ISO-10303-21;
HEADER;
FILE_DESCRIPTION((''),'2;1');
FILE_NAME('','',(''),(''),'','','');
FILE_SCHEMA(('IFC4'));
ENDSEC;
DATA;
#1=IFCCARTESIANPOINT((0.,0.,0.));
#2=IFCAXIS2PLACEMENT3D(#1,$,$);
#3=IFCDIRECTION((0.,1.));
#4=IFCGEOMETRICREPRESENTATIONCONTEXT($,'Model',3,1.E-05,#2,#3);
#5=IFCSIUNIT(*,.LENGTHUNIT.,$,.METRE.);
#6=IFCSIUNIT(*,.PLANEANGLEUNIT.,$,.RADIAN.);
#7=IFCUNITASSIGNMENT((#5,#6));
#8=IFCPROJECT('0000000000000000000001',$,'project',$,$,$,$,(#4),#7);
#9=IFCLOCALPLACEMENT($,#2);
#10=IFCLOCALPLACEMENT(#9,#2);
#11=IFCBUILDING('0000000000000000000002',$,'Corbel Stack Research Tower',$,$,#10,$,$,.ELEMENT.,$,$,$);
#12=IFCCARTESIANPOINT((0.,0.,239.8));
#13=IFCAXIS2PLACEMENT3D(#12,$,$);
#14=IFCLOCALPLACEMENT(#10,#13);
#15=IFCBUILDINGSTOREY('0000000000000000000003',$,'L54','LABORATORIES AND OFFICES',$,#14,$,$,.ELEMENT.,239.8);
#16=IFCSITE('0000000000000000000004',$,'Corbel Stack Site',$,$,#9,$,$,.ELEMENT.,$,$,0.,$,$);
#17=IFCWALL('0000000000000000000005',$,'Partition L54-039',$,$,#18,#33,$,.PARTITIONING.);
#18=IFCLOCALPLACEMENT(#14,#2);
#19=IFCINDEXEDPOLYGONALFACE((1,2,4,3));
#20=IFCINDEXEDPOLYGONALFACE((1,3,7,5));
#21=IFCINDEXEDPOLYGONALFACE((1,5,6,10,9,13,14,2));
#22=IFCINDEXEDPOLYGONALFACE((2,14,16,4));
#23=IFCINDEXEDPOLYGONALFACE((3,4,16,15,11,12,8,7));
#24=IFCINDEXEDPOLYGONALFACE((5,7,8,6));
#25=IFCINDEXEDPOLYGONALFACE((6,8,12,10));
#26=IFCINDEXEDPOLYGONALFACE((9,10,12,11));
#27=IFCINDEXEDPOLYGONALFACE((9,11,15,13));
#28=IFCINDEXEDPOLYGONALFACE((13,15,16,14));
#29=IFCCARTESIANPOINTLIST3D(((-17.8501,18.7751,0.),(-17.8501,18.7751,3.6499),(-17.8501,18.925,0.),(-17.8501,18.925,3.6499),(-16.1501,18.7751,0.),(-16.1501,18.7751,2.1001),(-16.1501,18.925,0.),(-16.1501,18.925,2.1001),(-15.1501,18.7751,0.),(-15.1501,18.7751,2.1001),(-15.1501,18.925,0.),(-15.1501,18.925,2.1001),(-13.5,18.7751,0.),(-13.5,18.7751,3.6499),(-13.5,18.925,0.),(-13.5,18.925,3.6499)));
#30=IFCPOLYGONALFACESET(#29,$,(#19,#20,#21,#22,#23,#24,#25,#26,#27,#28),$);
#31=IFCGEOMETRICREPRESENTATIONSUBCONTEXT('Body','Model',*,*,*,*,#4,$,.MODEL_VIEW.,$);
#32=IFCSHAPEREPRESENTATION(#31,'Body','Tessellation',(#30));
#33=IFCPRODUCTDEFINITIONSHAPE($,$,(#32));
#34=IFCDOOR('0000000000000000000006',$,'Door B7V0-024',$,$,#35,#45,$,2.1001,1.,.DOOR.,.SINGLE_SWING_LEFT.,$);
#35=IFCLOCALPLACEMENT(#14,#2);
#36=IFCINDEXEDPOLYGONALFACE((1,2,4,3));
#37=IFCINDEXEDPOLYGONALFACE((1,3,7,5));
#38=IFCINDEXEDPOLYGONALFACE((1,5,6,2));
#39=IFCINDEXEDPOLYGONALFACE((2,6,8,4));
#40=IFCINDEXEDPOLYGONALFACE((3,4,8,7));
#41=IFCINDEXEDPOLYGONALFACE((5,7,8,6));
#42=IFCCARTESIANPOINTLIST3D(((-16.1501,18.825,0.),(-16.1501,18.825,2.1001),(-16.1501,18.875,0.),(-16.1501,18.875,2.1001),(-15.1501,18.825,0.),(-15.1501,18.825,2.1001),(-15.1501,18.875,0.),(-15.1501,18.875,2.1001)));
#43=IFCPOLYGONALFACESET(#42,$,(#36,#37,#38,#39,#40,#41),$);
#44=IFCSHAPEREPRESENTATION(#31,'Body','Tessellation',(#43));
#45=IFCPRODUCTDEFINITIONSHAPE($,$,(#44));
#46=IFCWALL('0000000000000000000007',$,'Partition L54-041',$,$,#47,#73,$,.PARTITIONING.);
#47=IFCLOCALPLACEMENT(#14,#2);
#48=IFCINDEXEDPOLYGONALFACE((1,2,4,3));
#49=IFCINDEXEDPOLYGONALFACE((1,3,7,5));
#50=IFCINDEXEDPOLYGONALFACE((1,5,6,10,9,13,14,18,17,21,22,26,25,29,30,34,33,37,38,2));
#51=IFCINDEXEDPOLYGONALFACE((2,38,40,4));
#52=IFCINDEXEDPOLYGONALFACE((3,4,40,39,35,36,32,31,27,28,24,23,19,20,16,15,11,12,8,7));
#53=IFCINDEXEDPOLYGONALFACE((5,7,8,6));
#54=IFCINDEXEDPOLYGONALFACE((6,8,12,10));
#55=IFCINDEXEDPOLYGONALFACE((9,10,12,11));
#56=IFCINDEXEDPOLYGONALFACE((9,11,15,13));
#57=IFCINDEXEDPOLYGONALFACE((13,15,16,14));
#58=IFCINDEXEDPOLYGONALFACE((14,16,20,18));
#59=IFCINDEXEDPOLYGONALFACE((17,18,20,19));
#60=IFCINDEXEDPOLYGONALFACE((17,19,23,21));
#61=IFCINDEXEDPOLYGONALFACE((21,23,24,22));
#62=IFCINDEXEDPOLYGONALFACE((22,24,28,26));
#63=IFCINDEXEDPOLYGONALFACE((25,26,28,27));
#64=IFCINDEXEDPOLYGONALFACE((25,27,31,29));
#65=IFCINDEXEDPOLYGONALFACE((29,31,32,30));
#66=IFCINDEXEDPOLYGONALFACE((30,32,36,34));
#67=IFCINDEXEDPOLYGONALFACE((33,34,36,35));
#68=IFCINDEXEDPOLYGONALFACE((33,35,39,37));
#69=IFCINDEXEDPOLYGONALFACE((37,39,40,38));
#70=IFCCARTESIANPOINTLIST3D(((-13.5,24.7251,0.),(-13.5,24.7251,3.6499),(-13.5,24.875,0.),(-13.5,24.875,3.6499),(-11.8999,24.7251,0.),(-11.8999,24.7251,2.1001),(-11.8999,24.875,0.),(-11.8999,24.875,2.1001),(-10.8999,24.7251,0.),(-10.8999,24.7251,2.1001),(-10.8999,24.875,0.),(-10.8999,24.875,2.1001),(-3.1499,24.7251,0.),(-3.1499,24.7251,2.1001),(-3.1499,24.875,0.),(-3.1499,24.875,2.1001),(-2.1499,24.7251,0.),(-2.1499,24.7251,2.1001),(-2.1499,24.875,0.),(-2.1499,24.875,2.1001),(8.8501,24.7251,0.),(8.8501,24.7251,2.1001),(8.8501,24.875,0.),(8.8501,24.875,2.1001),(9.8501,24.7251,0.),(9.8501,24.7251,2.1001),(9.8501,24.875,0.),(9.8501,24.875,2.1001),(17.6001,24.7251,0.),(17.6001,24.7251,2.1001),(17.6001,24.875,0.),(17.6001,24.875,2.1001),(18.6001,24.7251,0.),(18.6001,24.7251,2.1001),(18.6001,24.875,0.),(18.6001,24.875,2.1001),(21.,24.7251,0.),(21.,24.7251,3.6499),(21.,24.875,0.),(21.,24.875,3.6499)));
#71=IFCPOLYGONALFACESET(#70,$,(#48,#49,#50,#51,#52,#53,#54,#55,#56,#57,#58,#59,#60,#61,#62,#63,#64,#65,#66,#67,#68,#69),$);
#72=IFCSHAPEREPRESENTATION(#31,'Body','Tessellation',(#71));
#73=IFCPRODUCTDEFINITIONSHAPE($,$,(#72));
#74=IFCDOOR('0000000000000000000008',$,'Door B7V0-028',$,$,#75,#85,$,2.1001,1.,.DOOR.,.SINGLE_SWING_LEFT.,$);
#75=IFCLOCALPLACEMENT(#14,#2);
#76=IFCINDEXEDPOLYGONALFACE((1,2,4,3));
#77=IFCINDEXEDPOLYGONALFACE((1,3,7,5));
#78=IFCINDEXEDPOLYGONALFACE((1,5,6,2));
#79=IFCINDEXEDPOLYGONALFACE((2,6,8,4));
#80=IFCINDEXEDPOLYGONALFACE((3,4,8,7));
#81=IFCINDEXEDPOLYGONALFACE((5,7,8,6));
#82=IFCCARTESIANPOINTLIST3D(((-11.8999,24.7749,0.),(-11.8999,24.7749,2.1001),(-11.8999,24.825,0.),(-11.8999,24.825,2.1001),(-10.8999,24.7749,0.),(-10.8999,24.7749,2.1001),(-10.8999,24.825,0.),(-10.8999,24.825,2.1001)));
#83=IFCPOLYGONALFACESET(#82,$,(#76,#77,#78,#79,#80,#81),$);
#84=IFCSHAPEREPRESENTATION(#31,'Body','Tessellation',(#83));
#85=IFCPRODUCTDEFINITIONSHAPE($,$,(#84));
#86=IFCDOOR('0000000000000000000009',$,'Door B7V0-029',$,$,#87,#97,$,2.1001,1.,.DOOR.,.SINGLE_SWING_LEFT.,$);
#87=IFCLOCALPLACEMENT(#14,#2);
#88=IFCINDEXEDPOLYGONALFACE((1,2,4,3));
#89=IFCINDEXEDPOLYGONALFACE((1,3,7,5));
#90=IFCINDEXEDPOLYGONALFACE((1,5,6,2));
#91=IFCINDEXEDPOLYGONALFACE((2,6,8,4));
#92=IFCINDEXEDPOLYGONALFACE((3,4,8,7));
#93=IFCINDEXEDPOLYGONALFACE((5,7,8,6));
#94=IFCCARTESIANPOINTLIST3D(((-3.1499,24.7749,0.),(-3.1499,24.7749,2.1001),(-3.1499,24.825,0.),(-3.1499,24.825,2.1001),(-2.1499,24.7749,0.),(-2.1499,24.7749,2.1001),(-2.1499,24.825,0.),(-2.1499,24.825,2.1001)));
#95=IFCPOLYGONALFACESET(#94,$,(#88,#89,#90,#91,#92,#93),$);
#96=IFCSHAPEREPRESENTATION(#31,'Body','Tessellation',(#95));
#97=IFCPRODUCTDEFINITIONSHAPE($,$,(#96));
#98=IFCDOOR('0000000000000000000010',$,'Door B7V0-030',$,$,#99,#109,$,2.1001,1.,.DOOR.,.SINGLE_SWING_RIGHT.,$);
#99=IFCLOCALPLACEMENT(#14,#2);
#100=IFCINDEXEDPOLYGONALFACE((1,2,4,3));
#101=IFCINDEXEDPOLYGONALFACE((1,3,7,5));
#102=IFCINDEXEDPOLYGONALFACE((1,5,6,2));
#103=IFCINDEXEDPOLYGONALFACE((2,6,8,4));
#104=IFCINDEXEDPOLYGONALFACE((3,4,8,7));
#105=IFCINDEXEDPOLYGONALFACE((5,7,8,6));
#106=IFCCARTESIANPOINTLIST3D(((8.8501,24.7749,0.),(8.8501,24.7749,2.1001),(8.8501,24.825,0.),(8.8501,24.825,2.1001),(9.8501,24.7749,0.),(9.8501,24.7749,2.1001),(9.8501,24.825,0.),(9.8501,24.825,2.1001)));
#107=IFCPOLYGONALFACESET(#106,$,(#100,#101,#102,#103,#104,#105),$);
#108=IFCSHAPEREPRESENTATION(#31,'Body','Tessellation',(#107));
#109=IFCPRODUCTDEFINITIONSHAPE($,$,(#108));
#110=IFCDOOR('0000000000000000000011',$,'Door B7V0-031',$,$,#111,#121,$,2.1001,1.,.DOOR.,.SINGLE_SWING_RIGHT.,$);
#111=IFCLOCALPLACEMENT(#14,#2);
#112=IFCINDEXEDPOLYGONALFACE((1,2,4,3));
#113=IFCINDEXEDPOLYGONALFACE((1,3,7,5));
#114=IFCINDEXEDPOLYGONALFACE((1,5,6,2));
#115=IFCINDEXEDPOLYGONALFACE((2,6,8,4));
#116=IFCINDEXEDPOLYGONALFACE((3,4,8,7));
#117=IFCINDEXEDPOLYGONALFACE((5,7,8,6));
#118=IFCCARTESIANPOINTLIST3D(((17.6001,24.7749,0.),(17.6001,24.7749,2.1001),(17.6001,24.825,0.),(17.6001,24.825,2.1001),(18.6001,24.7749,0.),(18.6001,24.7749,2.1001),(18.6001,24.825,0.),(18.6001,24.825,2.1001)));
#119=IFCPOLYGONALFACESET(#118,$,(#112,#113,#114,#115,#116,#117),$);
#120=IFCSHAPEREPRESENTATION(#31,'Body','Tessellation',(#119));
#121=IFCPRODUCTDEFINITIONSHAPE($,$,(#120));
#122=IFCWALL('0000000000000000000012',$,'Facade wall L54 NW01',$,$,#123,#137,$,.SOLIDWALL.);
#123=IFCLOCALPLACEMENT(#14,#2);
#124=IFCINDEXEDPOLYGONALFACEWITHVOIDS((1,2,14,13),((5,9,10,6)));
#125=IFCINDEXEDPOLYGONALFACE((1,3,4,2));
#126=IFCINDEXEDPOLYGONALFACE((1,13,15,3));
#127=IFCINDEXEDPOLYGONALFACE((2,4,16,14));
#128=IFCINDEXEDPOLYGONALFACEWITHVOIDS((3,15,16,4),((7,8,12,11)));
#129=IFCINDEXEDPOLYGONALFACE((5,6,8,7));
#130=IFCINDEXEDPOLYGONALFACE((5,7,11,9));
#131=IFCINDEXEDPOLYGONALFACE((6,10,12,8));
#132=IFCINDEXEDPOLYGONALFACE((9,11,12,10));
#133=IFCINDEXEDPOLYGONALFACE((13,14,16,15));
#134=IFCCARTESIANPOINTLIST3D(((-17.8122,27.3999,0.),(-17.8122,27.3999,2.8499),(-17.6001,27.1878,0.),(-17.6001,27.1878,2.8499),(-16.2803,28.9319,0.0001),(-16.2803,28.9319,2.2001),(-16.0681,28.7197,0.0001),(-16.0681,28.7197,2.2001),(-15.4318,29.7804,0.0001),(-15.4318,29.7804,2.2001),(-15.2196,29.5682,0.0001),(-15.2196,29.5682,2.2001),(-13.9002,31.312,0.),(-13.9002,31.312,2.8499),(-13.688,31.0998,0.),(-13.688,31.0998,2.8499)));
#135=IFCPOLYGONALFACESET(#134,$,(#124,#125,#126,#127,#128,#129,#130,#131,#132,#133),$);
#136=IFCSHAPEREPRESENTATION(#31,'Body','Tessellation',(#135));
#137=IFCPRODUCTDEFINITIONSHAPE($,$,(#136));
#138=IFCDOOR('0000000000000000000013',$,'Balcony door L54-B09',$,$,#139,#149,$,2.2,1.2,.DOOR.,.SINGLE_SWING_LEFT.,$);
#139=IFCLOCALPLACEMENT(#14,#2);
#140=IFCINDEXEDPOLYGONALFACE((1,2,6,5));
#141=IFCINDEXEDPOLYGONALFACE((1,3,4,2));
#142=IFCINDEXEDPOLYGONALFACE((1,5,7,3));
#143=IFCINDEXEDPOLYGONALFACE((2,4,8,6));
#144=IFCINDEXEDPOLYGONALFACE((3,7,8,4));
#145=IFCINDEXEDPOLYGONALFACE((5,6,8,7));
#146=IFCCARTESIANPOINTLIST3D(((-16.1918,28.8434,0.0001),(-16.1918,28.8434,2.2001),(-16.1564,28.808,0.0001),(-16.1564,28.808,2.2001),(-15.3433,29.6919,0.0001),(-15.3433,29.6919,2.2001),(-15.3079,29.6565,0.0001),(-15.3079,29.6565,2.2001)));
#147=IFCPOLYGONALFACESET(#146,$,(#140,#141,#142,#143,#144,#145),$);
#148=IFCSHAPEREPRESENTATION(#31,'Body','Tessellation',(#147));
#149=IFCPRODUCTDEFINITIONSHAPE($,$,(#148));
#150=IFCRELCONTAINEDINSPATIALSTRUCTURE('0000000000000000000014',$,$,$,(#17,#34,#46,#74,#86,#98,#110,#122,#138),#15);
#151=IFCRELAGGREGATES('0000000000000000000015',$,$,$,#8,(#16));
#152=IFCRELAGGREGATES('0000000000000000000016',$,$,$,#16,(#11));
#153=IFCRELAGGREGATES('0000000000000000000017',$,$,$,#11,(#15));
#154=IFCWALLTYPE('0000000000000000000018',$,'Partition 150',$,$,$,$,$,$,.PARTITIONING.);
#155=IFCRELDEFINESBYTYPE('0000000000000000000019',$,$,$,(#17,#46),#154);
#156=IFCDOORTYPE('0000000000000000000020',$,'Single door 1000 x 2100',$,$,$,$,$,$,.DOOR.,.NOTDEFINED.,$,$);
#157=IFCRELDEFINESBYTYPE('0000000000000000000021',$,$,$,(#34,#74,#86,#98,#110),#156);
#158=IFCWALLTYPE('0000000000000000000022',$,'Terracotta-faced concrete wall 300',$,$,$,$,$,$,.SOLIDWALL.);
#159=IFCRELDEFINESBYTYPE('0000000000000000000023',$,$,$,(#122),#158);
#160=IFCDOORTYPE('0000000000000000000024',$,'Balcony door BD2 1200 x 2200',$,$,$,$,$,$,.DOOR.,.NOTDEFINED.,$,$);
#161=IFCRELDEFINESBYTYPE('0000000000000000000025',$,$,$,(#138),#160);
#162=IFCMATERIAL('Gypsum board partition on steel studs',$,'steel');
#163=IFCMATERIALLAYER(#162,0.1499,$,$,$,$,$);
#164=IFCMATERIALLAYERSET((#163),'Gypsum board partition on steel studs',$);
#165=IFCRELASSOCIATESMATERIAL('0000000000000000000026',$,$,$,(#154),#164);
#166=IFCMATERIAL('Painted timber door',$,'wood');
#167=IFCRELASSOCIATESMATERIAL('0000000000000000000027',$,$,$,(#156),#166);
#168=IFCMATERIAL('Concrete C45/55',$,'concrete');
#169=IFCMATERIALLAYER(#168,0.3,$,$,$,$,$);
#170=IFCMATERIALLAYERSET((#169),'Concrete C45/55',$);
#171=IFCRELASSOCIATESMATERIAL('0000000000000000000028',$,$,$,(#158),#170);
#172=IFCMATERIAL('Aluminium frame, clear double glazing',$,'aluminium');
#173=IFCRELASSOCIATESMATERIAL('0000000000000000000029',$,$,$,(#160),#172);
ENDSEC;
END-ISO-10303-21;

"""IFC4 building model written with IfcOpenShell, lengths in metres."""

from ifc_helpers import new_model, si_unit, direction, frame, frame_2d, origin, place, context, subcontext, project, spatial, rectangle, extrude, material, layer, layer_set, type_object, element, fill, save


model = new_model("IFC4")

# Units and contexts
model_context = context("Model", 3, precision=1e-05, world=origin(), true_north=direction((0.0, 1.0)))
body_context = subcontext(model_context, "Body", "Model", "MODEL_VIEW")
ifc_project = project(units=[si_unit("LENGTHUNIT", "METRE"), si_unit("PLANEANGLEUNIT", "RADIAN")], contexts=[model_context])

# Site, building, storey
site_placement = place(None, origin())
site = spatial("IfcSite", under=ifc_project, at=site_placement, Name="Corbel Stack Site", CompositionType="ELEMENT", RefElevation=0.0)
building_placement = place(site_placement, origin())
building = spatial("IfcBuilding", under=site, at=building_placement, Name="Corbel Stack Research Tower", CompositionType="ELEMENT")
storey_placement = place(building_placement, frame((0.0, 0.0, 239.8)))
storey = spatial("IfcBuildingStorey", under=building, at=storey_placement, Name="L54", Description="LABORATORIES AND OFFICES", CompositionType="ELEMENT", Elevation=239.8)

# Wall, opening, door
ifc_material_1 = material(Name="Gypsum board partition on steel studs", Category="steel")
ifc_layer_1 = layer(ifc_material_1, 0.1499)
ifc_layer_set_1 = layer_set([ifc_layer_1], Name="Gypsum board partition on steel studs")
wall_type_1 = type_object("IfcWallType", Name="Partition 150", PredefinedType="PARTITIONING", material=ifc_layer_set_1)
wall_1_placement = place(storey_placement, frame((-17.8501, 18.8501, 0.0), z_axis=(0.0, 0.0, 1.0), x_axis=(1.0, 0.0, 0.0)))
wall_1 = element("IfcWall", 1, at=wall_1_placement, inside=storey, type_object=wall_type_1, Name="Partition L54-039", PredefinedType="PARTITIONING", context=body_context, shape_type="SweptSolid", body=[
    extrude(rectangle(XDim=4.3501, YDim=0.1499, at=frame_2d((2.175, 0.0))), origin(), (0.0, 0.0, 1.0), 3.6499),
])
opening_1_placement = place(wall_1_placement, frame((1.7, 0.0, 0.0)))
opening_1 = element("IfcOpeningElement", 2, at=opening_1_placement, cuts=wall_1, PredefinedType="OPENING", context=body_context, shape_type="SweptSolid", body=[
    extrude(rectangle(XDim=1.0, YDim=2.1001, at=frame_2d((0.5, 1.05))), frame((0.0, 0.085, 0.0), z_axis=(0.0, -1.0, 0.0), x_axis=(1.0, 0.0, 0.0)), (0.0, 0.0, 1.0), 0.1699),
])
ifc_material_2 = material(Name="Painted timber door", Category="wood")
door_type_1 = type_object("IfcDoorType", Name="Single door 1000 x 2100", OperationType="NOTDEFINED", PredefinedType="DOOR", material=ifc_material_2)
door_1_placement = place(opening_1_placement, origin())
door_1 = element("IfcDoor", 3, at=door_1_placement, inside=storey, type_object=door_type_1, Name="Door B7V0-024", OperationType="SINGLE_SWING_LEFT", OverallHeight=2.1001, OverallWidth=1.0, PredefinedType="DOOR", context=body_context, shape_type="SweptSolid", body=[
    extrude(rectangle(XDim=1.0, YDim=2.1001, at=frame_2d((0.5, 1.05))), frame((0.0, 0.0249, 0.0), z_axis=(0.0, -1.0, 0.0), x_axis=(1.0, 0.0, 0.0)), (0.0, 0.0, 1.0), 0.05),
])
fill(opening_1, door_1)

# Wall, openings, doors
wall_2_placement = place(storey_placement, frame((-13.5, 24.8, 0.0), z_axis=(0.0, 0.0, 1.0), x_axis=(1.0, 0.0, 0.0)))
wall_2 = element("IfcWall", 4, at=wall_2_placement, inside=storey, type_object=wall_type_1, Name="Partition L54-041", PredefinedType="PARTITIONING", context=body_context, shape_type="SweptSolid", body=[
    extrude(rectangle(XDim=34.5, YDim=0.1499, at=frame_2d((17.25, 0.0))), origin(), (0.0, 0.0, 1.0), 3.6499),
])
opening_2_placement = place(wall_2_placement, frame((1.6001, 0.0, 0.0)))
opening_2 = element("IfcOpeningElement", 5, at=opening_2_placement, cuts=wall_2, PredefinedType="OPENING", context=body_context, shape_type="SweptSolid", body=[
    extrude(rectangle(XDim=1.0, YDim=2.1001, at=frame_2d((0.5, 1.05))), frame((0.0, 0.085, 0.0), z_axis=(0.0, -1.0, 0.0), x_axis=(1.0, 0.0, 0.0)), (0.0, 0.0, 1.0), 0.1699),
])
opening_3_placement = place(wall_2_placement, frame((10.3501, 0.0, 0.0)))
opening_3 = element("IfcOpeningElement", 6, at=opening_3_placement, cuts=wall_2, PredefinedType="OPENING", context=body_context, shape_type="SweptSolid", body=[
    extrude(rectangle(XDim=1.0, YDim=2.1001, at=frame_2d((0.5, 1.05))), frame((0.0, 0.085, 0.0), z_axis=(0.0, -1.0, 0.0), x_axis=(1.0, 0.0, 0.0)), (0.0, 0.0, 1.0), 0.1699),
])
opening_4_placement = place(wall_2_placement, frame((22.3501, 0.0, 0.0)))
opening_4 = element("IfcOpeningElement", 7, at=opening_4_placement, cuts=wall_2, PredefinedType="OPENING", context=body_context, shape_type="SweptSolid", body=[
    extrude(rectangle(XDim=1.0, YDim=2.1001, at=frame_2d((0.5, 1.05))), frame((0.0, 0.085, 0.0), z_axis=(0.0, -1.0, 0.0), x_axis=(1.0, 0.0, 0.0)), (0.0, 0.0, 1.0), 0.1699),
])
opening_5_placement = place(wall_2_placement, frame((31.1001, 0.0, 0.0)))
opening_5 = element("IfcOpeningElement", 8, at=opening_5_placement, cuts=wall_2, PredefinedType="OPENING", context=body_context, shape_type="SweptSolid", body=[
    extrude(rectangle(XDim=1.0, YDim=2.1001, at=frame_2d((0.5, 1.05))), frame((0.0, 0.085, 0.0), z_axis=(0.0, -1.0, 0.0), x_axis=(1.0, 0.0, 0.0)), (0.0, 0.0, 1.0), 0.1699),
])
door_2_placement = place(opening_2_placement, origin())
door_2 = element("IfcDoor", 9, at=door_2_placement, inside=storey, type_object=door_type_1, Name="Door B7V0-028", OperationType="SINGLE_SWING_LEFT", OverallHeight=2.1001, OverallWidth=1.0, PredefinedType="DOOR", context=body_context, shape_type="SweptSolid", body=[
    extrude(rectangle(XDim=1.0, YDim=2.1001, at=frame_2d((0.5, 1.05))), frame((0.0, 0.0249, 0.0), z_axis=(0.0, -1.0, 0.0), x_axis=(1.0, 0.0, 0.0)), (0.0, 0.0, 1.0), 0.05),
])
fill(opening_2, door_2)
door_3_placement = place(opening_3_placement, origin())
door_3 = element("IfcDoor", 10, at=door_3_placement, inside=storey, type_object=door_type_1, Name="Door B7V0-029", OperationType="SINGLE_SWING_LEFT", OverallHeight=2.1001, OverallWidth=1.0, PredefinedType="DOOR", context=body_context, shape_type="SweptSolid", body=[
    extrude(rectangle(XDim=1.0, YDim=2.1001, at=frame_2d((0.5, 1.05))), frame((0.0, 0.0249, 0.0), z_axis=(0.0, -1.0, 0.0), x_axis=(1.0, 0.0, 0.0)), (0.0, 0.0, 1.0), 0.05),
])
fill(opening_3, door_3)
door_4_placement = place(opening_4_placement, origin())
door_4 = element("IfcDoor", 11, at=door_4_placement, inside=storey, type_object=door_type_1, Name="Door B7V0-030", OperationType="SINGLE_SWING_RIGHT", OverallHeight=2.1001, OverallWidth=1.0, PredefinedType="DOOR", context=body_context, shape_type="SweptSolid", body=[
    extrude(rectangle(XDim=1.0, YDim=2.1001, at=frame_2d((0.5, 1.05))), frame((0.0, 0.0249, 0.0), z_axis=(0.0, -1.0, 0.0), x_axis=(1.0, 0.0, 0.0)), (0.0, 0.0, 1.0), 0.05),
])
fill(opening_4, door_4)
door_5_placement = place(opening_5_placement, origin())
door_5 = element("IfcDoor", 12, at=door_5_placement, inside=storey, type_object=door_type_1, Name="Door B7V0-031", OperationType="SINGLE_SWING_RIGHT", OverallHeight=2.1001, OverallWidth=1.0, PredefinedType="DOOR", context=body_context, shape_type="SweptSolid", body=[
    extrude(rectangle(XDim=1.0, YDim=2.1001, at=frame_2d((0.5, 1.05))), frame((0.0, 0.0249, 0.0), z_axis=(0.0, -1.0, 0.0), x_axis=(1.0, 0.0, 0.0)), (0.0, 0.0, 1.0), 0.05),
])
fill(opening_5, door_5)

# Wall, opening, door
ifc_material_3 = material(Name="Concrete C45/55", Category="concrete")
ifc_layer_2 = layer(ifc_material_3, 0.3)
ifc_layer_set_2 = layer_set([ifc_layer_2], Name="Concrete C45/55")
wall_type_2 = type_object("IfcWallType", Name="Terracotta-faced concrete wall 300", PredefinedType="SOLIDWALL", material=ifc_layer_set_2)
wall_3_placement = place(storey_placement, frame((-17.7061, 27.2939, 0.0), z_axis=(0.0, 0.0, 1.0), x_axis=(0.707107, 0.707107, 0.0)))
wall_3 = element("IfcWall", 13, at=wall_3_placement, inside=storey, type_object=wall_type_2, Name="Facade wall L54 NW01", PredefinedType="SOLIDWALL", context=body_context, shape_type="SweptSolid", body=[
    extrude(rectangle(XDim=5.5325, YDim=0.3, at=frame_2d((2.7661, 0.0))), origin(), (0.0, 0.0, 1.0), 2.8499),
])
opening_6_placement = place(wall_3_placement, frame((2.1663, 0.0, 0.0)))
opening_6 = element("IfcOpeningElement", 14, at=opening_6_placement, cuts=wall_3, PredefinedType="OPENING", context=body_context, shape_type="SweptSolid", body=[
    extrude(rectangle(XDim=1.2, YDim=2.2, at=frame_2d((0.6001, 1.1001))), frame((0.0, 0.1599, 0.0), z_axis=(0.0, -1.0, 0.0), x_axis=(1.0, 0.0, 0.0)), (0.0, 0.0, 1.0), 0.3201),
])
ifc_material_4 = material(Name="Aluminium frame, clear double glazing", Category="aluminium")
door_type_2 = type_object("IfcDoorType", Name="Balcony door BD2 1200 x 2200", OperationType="NOTDEFINED", PredefinedType="DOOR", material=ifc_material_4)
door_6_placement = place(opening_6_placement, origin())
door_6 = element("IfcDoor", 15, at=door_6_placement, inside=storey, type_object=door_type_2, Name="Balcony door L54-B09", OperationType="SINGLE_SWING_LEFT", OverallHeight=2.2, OverallWidth=1.2, PredefinedType="DOOR", context=body_context, shape_type="SweptSolid", body=[
    extrude(rectangle(XDim=1.2, YDim=2.2, at=frame_2d((0.6001, 1.1001))), frame((0.0, 0.0249, 0.0), z_axis=(0.0, -1.0, 0.0), x_axis=(1.0, 0.0, 0.0)), (0.0, 0.0, 1.0), 0.05),
])
fill(opening_6, door_6)

save(model, "model.ifc")
